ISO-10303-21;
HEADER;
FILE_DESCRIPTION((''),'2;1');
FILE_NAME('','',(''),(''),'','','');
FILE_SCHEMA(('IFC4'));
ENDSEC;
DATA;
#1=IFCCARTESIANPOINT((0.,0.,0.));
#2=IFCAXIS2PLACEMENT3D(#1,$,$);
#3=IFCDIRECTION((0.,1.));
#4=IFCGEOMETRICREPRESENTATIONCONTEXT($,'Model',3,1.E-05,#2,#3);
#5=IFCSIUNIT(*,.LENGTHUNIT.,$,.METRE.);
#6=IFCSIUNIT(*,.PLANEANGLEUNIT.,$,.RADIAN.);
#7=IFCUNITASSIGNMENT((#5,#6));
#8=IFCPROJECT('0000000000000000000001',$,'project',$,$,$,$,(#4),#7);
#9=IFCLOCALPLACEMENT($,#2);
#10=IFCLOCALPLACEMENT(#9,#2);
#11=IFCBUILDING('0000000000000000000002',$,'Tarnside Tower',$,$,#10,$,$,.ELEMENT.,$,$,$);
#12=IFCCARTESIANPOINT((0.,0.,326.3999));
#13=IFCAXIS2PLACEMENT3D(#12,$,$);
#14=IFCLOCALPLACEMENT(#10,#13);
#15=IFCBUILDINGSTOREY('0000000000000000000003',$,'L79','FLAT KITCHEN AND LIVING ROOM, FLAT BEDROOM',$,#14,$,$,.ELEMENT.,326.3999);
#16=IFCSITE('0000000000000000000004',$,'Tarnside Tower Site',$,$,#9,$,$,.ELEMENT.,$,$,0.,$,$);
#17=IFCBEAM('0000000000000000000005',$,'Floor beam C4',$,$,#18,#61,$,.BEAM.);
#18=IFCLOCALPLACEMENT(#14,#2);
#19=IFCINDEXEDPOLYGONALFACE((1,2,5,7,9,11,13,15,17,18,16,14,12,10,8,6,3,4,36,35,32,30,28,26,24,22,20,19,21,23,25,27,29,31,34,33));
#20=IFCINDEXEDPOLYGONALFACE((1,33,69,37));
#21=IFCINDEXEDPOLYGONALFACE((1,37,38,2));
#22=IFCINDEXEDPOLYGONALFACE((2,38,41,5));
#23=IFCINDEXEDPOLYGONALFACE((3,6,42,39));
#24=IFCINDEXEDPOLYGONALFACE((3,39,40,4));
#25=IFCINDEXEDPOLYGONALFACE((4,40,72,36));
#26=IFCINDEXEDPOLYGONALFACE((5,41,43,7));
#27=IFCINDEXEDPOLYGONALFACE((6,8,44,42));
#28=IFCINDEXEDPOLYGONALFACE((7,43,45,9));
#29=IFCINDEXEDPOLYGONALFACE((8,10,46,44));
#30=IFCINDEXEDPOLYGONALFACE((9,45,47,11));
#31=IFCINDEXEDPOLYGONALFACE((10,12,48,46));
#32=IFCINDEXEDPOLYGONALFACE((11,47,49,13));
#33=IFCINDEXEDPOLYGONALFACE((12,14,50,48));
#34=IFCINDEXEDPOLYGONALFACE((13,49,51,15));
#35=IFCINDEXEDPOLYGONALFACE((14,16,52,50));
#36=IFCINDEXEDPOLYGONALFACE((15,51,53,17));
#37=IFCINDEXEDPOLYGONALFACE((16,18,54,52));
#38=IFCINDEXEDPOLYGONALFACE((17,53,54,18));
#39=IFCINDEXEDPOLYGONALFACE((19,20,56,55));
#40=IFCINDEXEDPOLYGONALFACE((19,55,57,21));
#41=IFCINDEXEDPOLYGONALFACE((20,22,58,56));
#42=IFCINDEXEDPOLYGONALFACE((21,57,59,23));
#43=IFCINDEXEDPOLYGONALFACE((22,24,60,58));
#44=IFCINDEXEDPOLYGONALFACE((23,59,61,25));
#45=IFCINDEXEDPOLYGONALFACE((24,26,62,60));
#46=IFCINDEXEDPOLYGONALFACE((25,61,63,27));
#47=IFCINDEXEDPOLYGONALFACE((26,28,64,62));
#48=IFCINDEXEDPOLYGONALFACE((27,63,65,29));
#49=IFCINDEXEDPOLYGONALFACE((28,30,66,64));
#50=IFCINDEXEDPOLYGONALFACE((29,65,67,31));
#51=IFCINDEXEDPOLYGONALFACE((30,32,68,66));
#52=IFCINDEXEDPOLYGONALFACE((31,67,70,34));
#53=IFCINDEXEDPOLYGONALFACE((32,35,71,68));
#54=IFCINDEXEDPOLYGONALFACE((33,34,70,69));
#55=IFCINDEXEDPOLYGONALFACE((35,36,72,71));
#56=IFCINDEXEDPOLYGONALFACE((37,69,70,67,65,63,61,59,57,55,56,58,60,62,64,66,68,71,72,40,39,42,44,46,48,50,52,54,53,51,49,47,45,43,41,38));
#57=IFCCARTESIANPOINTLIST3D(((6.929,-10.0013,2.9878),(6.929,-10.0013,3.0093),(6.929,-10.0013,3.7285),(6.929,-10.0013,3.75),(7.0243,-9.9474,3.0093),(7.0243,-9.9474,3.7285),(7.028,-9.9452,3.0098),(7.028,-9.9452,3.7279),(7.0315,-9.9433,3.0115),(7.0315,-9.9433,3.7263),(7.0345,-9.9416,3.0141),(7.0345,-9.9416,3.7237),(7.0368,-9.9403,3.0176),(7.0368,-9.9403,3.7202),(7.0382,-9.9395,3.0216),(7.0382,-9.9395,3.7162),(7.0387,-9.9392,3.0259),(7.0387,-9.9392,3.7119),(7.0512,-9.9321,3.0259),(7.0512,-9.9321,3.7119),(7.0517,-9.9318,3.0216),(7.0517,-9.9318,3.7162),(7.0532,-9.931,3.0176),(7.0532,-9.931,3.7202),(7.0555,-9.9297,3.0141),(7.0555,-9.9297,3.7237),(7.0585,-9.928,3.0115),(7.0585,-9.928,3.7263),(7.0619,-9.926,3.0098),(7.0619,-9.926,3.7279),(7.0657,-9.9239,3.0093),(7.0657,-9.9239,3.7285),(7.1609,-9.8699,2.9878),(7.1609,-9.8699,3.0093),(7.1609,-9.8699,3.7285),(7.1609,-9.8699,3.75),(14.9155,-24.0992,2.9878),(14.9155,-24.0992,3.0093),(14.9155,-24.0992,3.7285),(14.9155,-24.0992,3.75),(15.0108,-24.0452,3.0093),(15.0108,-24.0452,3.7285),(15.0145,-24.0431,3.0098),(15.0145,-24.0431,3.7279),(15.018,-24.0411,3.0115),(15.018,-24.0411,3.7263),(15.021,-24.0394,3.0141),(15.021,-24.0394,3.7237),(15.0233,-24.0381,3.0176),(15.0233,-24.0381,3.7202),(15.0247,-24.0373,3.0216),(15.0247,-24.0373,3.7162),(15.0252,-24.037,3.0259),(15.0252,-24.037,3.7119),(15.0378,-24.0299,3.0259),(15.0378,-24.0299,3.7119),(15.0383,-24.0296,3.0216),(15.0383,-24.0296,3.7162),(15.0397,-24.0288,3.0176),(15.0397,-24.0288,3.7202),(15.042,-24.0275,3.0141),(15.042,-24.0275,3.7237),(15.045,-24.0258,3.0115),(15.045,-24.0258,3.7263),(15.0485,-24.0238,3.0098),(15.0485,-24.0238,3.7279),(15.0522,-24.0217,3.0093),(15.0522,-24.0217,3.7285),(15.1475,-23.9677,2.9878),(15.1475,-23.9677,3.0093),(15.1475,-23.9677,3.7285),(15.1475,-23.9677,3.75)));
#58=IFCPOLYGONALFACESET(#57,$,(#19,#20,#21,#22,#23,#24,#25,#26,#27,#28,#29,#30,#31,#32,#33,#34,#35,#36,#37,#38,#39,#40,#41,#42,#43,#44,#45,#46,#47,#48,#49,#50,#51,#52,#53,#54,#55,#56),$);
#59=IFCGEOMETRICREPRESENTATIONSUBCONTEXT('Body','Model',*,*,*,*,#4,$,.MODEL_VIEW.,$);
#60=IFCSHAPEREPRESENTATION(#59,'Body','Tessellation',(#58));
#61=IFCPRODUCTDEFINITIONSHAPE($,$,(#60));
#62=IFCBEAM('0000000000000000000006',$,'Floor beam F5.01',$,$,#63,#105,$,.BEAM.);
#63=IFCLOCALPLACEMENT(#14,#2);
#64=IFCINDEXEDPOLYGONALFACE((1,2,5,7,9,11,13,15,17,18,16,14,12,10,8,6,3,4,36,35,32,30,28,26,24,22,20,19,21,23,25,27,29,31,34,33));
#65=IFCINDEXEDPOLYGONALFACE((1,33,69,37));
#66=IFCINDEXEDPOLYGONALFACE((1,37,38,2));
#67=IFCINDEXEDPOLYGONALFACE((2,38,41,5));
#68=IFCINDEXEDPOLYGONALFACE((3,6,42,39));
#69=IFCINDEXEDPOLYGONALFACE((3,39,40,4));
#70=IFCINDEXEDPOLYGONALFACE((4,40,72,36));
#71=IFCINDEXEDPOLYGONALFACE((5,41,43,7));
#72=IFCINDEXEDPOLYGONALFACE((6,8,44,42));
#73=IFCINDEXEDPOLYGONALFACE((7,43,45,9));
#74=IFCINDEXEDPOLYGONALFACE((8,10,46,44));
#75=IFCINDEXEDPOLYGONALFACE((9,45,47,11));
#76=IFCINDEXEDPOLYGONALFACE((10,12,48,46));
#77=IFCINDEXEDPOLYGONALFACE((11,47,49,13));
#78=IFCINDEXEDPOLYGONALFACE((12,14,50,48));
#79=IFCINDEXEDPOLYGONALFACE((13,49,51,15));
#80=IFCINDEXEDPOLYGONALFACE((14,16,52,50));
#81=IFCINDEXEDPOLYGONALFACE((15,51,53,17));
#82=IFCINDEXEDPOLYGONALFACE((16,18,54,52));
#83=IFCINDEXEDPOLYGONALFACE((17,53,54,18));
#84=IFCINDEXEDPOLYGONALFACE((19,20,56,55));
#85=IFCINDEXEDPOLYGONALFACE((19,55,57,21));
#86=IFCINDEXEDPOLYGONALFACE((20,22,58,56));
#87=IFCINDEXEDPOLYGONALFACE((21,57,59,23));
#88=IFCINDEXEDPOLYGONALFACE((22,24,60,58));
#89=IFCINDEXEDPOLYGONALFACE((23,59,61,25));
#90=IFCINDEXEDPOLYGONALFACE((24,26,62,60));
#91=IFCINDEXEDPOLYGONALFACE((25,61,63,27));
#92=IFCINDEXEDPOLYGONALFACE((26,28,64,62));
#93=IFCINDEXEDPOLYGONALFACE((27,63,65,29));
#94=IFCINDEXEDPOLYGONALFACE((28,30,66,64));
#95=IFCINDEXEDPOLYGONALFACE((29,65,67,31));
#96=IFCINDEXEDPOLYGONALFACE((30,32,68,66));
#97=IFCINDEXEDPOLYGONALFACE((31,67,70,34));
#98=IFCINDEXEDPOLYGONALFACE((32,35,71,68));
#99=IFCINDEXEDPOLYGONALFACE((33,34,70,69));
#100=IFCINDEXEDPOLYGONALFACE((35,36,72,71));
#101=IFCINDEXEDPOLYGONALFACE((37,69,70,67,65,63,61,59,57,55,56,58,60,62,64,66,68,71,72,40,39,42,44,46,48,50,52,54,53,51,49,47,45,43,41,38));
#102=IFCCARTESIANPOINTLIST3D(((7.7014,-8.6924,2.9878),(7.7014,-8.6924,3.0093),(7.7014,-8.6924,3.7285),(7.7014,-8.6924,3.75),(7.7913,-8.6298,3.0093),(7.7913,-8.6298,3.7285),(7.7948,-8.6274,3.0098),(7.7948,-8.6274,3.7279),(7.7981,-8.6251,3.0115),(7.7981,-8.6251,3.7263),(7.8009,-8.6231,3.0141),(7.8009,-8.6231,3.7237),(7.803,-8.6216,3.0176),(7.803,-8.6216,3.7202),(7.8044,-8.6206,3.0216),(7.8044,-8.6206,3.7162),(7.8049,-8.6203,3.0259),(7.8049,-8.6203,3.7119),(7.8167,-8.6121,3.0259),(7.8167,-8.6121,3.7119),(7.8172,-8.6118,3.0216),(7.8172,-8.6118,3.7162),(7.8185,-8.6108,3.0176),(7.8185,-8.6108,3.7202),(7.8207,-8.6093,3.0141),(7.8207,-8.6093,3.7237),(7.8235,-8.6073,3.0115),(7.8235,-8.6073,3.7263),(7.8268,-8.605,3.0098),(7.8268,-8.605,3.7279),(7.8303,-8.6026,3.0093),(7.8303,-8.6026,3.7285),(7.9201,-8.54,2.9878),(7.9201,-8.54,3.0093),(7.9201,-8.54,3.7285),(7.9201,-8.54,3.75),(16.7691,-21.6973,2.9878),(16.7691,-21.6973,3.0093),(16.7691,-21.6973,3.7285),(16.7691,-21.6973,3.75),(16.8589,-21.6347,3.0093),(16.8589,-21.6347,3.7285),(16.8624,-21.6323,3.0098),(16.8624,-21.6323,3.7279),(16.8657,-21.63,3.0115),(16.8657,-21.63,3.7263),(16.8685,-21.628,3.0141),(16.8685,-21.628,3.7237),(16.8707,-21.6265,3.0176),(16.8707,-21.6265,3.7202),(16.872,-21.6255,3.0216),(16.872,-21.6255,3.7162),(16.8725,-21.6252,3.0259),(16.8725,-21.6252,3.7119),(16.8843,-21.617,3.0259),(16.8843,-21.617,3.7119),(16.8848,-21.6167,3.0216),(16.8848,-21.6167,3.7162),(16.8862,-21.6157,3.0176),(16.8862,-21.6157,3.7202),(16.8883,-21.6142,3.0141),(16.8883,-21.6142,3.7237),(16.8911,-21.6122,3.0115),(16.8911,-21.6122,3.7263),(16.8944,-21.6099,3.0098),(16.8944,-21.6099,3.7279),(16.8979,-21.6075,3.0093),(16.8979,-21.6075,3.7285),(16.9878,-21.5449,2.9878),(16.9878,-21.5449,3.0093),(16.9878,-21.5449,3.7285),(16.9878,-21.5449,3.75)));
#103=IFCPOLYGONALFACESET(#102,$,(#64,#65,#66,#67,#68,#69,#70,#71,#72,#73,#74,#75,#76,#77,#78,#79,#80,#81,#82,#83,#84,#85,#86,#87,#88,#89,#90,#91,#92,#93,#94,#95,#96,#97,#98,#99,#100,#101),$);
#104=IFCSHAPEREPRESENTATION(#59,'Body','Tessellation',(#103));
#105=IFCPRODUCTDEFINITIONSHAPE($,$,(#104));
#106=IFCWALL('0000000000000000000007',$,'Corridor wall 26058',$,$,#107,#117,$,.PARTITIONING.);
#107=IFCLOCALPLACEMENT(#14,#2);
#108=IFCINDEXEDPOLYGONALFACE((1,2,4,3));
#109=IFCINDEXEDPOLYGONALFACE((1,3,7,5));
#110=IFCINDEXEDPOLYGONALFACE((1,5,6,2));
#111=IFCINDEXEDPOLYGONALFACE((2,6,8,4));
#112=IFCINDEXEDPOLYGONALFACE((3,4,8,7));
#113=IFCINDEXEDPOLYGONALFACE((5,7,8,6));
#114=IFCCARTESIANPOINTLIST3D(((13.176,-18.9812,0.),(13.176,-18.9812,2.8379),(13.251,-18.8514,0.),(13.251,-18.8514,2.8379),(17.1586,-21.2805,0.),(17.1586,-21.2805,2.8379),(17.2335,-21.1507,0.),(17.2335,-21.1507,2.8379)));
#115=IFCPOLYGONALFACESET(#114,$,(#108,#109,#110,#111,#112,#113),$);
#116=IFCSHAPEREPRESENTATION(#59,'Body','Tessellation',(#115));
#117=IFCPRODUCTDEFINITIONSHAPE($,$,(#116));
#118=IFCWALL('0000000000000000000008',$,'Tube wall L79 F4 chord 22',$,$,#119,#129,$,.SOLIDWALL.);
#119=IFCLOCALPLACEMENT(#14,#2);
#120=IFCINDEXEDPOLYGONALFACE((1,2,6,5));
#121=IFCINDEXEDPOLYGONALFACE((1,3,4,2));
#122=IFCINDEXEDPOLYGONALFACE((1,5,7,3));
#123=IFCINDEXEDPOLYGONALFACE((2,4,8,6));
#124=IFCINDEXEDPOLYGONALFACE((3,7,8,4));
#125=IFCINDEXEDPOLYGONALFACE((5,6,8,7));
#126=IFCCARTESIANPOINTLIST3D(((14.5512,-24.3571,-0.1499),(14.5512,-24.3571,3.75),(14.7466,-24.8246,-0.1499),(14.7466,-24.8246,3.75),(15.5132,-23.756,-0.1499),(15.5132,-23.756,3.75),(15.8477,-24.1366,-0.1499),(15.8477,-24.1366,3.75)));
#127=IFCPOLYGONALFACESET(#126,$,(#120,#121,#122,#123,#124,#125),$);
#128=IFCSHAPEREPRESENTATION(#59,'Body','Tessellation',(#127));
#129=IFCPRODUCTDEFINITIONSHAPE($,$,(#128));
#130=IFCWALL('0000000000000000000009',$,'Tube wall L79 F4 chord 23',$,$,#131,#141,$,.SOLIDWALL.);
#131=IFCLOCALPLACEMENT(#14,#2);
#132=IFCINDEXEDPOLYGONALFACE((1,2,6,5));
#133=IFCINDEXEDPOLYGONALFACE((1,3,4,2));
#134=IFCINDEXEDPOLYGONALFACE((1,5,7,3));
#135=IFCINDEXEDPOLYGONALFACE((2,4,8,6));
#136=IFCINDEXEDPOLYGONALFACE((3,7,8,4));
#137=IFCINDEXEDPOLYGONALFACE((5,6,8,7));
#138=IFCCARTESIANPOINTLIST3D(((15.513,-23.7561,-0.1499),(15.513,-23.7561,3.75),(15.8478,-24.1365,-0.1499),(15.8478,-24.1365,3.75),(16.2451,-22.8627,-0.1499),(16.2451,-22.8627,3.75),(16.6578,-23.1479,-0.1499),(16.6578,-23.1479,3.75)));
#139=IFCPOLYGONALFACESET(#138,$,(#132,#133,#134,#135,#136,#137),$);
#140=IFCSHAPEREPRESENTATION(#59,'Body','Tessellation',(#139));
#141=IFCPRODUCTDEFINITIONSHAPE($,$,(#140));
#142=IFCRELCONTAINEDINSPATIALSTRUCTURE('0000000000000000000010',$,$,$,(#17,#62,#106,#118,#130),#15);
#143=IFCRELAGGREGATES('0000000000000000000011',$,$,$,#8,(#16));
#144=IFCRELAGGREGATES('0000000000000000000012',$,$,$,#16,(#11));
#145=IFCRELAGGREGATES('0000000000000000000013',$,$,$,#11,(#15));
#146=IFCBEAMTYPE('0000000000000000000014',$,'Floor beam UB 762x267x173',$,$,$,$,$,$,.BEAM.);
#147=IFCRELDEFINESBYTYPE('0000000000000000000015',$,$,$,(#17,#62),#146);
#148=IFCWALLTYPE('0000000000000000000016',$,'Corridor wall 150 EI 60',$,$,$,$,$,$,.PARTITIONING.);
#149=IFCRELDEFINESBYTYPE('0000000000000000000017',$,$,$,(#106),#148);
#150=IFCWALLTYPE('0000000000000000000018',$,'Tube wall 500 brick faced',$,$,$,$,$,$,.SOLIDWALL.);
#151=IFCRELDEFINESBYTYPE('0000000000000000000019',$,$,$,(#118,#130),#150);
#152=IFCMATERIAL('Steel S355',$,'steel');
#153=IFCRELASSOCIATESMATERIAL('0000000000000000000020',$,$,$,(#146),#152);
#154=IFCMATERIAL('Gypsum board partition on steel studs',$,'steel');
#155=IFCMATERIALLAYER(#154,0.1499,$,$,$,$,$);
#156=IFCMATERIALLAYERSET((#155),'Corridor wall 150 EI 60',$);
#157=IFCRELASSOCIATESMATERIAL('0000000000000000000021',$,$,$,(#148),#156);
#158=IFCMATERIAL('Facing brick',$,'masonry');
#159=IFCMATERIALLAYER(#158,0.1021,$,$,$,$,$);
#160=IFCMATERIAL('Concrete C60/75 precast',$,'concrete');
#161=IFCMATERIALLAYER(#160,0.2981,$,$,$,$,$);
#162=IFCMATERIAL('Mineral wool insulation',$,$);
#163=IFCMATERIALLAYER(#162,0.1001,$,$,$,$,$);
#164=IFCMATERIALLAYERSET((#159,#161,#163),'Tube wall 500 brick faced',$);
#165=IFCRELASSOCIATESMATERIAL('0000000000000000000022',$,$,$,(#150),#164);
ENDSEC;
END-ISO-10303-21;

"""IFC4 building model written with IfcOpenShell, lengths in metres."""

from ifc_helpers import new_model, si_unit, direction, frame, frame_2d, origin, origin_2d, place, context, subcontext, project, spatial, polyline, rectangle, i_section, outline, extrude, material, layer, layer_set, material_profile, profile_set, type_object, element, save


model = new_model("IFC4")

# Units and contexts
model_context = context("Model", 3, precision=1e-05, world=origin(), true_north=direction((0.0, 1.0)))
body_context = subcontext(model_context, "Body", "Model", "MODEL_VIEW")
ifc_project = project(units=[si_unit("LENGTHUNIT", "METRE"), si_unit("PLANEANGLEUNIT", "RADIAN")], contexts=[model_context])

# Site, building, storey
site_placement = place(None, origin())
site = spatial("IfcSite", under=ifc_project, at=site_placement, Name="Tarnside Tower Site", CompositionType="ELEMENT", RefElevation=0.0)
building_placement = place(site_placement, origin())
building = spatial("IfcBuilding", under=site, at=building_placement, Name="Tarnside Tower", CompositionType="ELEMENT")
storey_placement = place(building_placement, frame((0.0, 0.0, 326.3999)))
storey = spatial("IfcBuildingStorey", under=building, at=storey_placement, Name="L79", Description="FLAT KITCHEN AND LIVING ROOM, FLAT BEDROOM", CompositionType="ELEMENT", Elevation=326.3999)

# Beams
ifc_material_1 = material(Name="Steel S355", Category="steel")
ifc_material_profile = material_profile(ifc_material_1, i_section(OverallWidth=0.2666, OverallDepth=0.7622, WebThickness=0.0144, FlangeThickness=0.0215, FilletRadius=0.0166, at=origin_2d()), Name="UB 762x267x173")
ifc_profile_set = profile_set([ifc_material_profile], Name="Steel S355")
beam_type = type_object("IfcBeamType", Name="Floor beam UB 762x267x173", PredefinedType="BEAM", material=ifc_profile_set)
beam_1_placement = place(storey_placement, frame((15.0315, -24.0334, 3.3689), z_axis=(-0.492908, 0.870081, 0.0), x_axis=(-0.870081, -0.492908, 0.0)))
element("IfcBeam", 1, at=beam_1_placement, inside=storey, type_object=beam_type, Name="Floor beam C4", PredefinedType="BEAM", context=body_context, shape_type="SweptSolid", body=[
    extrude(i_section(OverallWidth=0.2666, OverallDepth=0.7622, WebThickness=0.0144, FlangeThickness=0.0215, FilletRadius=0.0166, at=origin_2d()), origin(), (0.0, 0.0, 1.0), 16.2029),
])
beam_2_placement = place(storey_placement, frame((16.8784, -21.6211, 3.3689), z_axis=(-0.571946, 0.820291, 0.0), x_axis=(-0.820291, -0.571946, 0.0)))
element("IfcBeam", 2, at=beam_2_placement, inside=storey, type_object=beam_type, Name="Floor beam F5.01", PredefinedType="BEAM", context=body_context, shape_type="SweptSolid", body=[
    extrude(i_section(OverallWidth=0.2666, OverallDepth=0.7622, WebThickness=0.0144, FlangeThickness=0.0215, FilletRadius=0.0166, at=origin_2d()), origin(), (0.0, 0.0, 1.0), 15.854),
])

# Walls
ifc_material_2 = material(Name="Gypsum board partition on steel studs", Category="steel")
ifc_layer_1 = layer(ifc_material_2, 0.1499)
ifc_layer_set_1 = layer_set([ifc_layer_1], Name="Corridor wall 150 EI 60")
wall_type_1 = type_object("IfcWallType", Name="Corridor wall 150 EI 60", PredefinedType="PARTITIONING", material=ifc_layer_set_1)
wall_1_placement = place(storey_placement, frame((17.196, -21.2156, 0.0), z_axis=(0.0, 0.0, 1.0), x_axis=(-0.866033, 0.499987, 0.0)))
element("IfcWall", 3, at=wall_1_placement, inside=storey, type_object=wall_type_1, Name="Corridor wall 26058", PredefinedType="PARTITIONING", context=body_context, shape_type="SweptSolid", body=[
    extrude(rectangle(XDim=4.5986, YDim=0.1499, at=frame_2d((2.2993, 0.0))), origin(), (0.0, 0.0, 1.0), 2.8379),
])
ifc_material_3 = material(Name="Facing brick", Category="masonry")
ifc_layer_2 = layer(ifc_material_3, 0.1021)
ifc_material_4 = material(Name="Concrete C60/75 precast", Category="concrete")
ifc_layer_3 = layer(ifc_material_4, 0.2981)
ifc_material_5 = material(Name="Mineral wool insulation")
ifc_layer_4 = layer(ifc_material_5, 0.1001)
ifc_layer_set_2 = layer_set([ifc_layer_2, ifc_layer_3, ifc_layer_4], Name="Tube wall 500 brick faced")
wall_type_2 = type_object("IfcWallType", Name="Tube wall 500 brick faced", PredefinedType="SOLIDWALL", material=ifc_layer_set_2)
wall_2_placement = place(storey_placement, frame((14.6489, -24.5908, -0.1499), z_axis=(0.0, 0.0, 1.0), x_axis=(0.848055, 0.529909, 0.0)))
element("IfcWall", 4, at=wall_2_placement, inside=storey, type_object=wall_type_2, Name="Tube wall L79 F4 chord 22", PredefinedType="SOLIDWALL", context=body_context, shape_type="SweptSolid", body=[
    extrude(outline(polyline([(-0.041, -0.25), (1.2573, -0.25), (1.1753, 0.25), (0.041, 0.25), (-0.041, -0.25)])), origin(), (0.0, 0.0, 1.0), 3.8999),
])
wall_3_placement = place(storey_placement, frame((15.6804, -23.9463, -0.1499), z_axis=(0.0, 0.0, 1.0), x_axis=(0.633806, 0.773492, 0.0)))
element("IfcWall", 5, at=wall_3_placement, inside=storey, type_object=wall_type_2, Name="Tube wall L79 F4 chord 23", PredefinedType="SOLIDWALL", context=body_context, shape_type="SweptSolid", body=[
    extrude(outline(polyline([(-0.041, -0.25), (1.2371, -0.25), (1.196, 0.25), (0.041, 0.25), (-0.041, -0.25)])), origin(), (0.0, 0.0, 1.0), 3.8999),
])

save(model, "model.ifc")
